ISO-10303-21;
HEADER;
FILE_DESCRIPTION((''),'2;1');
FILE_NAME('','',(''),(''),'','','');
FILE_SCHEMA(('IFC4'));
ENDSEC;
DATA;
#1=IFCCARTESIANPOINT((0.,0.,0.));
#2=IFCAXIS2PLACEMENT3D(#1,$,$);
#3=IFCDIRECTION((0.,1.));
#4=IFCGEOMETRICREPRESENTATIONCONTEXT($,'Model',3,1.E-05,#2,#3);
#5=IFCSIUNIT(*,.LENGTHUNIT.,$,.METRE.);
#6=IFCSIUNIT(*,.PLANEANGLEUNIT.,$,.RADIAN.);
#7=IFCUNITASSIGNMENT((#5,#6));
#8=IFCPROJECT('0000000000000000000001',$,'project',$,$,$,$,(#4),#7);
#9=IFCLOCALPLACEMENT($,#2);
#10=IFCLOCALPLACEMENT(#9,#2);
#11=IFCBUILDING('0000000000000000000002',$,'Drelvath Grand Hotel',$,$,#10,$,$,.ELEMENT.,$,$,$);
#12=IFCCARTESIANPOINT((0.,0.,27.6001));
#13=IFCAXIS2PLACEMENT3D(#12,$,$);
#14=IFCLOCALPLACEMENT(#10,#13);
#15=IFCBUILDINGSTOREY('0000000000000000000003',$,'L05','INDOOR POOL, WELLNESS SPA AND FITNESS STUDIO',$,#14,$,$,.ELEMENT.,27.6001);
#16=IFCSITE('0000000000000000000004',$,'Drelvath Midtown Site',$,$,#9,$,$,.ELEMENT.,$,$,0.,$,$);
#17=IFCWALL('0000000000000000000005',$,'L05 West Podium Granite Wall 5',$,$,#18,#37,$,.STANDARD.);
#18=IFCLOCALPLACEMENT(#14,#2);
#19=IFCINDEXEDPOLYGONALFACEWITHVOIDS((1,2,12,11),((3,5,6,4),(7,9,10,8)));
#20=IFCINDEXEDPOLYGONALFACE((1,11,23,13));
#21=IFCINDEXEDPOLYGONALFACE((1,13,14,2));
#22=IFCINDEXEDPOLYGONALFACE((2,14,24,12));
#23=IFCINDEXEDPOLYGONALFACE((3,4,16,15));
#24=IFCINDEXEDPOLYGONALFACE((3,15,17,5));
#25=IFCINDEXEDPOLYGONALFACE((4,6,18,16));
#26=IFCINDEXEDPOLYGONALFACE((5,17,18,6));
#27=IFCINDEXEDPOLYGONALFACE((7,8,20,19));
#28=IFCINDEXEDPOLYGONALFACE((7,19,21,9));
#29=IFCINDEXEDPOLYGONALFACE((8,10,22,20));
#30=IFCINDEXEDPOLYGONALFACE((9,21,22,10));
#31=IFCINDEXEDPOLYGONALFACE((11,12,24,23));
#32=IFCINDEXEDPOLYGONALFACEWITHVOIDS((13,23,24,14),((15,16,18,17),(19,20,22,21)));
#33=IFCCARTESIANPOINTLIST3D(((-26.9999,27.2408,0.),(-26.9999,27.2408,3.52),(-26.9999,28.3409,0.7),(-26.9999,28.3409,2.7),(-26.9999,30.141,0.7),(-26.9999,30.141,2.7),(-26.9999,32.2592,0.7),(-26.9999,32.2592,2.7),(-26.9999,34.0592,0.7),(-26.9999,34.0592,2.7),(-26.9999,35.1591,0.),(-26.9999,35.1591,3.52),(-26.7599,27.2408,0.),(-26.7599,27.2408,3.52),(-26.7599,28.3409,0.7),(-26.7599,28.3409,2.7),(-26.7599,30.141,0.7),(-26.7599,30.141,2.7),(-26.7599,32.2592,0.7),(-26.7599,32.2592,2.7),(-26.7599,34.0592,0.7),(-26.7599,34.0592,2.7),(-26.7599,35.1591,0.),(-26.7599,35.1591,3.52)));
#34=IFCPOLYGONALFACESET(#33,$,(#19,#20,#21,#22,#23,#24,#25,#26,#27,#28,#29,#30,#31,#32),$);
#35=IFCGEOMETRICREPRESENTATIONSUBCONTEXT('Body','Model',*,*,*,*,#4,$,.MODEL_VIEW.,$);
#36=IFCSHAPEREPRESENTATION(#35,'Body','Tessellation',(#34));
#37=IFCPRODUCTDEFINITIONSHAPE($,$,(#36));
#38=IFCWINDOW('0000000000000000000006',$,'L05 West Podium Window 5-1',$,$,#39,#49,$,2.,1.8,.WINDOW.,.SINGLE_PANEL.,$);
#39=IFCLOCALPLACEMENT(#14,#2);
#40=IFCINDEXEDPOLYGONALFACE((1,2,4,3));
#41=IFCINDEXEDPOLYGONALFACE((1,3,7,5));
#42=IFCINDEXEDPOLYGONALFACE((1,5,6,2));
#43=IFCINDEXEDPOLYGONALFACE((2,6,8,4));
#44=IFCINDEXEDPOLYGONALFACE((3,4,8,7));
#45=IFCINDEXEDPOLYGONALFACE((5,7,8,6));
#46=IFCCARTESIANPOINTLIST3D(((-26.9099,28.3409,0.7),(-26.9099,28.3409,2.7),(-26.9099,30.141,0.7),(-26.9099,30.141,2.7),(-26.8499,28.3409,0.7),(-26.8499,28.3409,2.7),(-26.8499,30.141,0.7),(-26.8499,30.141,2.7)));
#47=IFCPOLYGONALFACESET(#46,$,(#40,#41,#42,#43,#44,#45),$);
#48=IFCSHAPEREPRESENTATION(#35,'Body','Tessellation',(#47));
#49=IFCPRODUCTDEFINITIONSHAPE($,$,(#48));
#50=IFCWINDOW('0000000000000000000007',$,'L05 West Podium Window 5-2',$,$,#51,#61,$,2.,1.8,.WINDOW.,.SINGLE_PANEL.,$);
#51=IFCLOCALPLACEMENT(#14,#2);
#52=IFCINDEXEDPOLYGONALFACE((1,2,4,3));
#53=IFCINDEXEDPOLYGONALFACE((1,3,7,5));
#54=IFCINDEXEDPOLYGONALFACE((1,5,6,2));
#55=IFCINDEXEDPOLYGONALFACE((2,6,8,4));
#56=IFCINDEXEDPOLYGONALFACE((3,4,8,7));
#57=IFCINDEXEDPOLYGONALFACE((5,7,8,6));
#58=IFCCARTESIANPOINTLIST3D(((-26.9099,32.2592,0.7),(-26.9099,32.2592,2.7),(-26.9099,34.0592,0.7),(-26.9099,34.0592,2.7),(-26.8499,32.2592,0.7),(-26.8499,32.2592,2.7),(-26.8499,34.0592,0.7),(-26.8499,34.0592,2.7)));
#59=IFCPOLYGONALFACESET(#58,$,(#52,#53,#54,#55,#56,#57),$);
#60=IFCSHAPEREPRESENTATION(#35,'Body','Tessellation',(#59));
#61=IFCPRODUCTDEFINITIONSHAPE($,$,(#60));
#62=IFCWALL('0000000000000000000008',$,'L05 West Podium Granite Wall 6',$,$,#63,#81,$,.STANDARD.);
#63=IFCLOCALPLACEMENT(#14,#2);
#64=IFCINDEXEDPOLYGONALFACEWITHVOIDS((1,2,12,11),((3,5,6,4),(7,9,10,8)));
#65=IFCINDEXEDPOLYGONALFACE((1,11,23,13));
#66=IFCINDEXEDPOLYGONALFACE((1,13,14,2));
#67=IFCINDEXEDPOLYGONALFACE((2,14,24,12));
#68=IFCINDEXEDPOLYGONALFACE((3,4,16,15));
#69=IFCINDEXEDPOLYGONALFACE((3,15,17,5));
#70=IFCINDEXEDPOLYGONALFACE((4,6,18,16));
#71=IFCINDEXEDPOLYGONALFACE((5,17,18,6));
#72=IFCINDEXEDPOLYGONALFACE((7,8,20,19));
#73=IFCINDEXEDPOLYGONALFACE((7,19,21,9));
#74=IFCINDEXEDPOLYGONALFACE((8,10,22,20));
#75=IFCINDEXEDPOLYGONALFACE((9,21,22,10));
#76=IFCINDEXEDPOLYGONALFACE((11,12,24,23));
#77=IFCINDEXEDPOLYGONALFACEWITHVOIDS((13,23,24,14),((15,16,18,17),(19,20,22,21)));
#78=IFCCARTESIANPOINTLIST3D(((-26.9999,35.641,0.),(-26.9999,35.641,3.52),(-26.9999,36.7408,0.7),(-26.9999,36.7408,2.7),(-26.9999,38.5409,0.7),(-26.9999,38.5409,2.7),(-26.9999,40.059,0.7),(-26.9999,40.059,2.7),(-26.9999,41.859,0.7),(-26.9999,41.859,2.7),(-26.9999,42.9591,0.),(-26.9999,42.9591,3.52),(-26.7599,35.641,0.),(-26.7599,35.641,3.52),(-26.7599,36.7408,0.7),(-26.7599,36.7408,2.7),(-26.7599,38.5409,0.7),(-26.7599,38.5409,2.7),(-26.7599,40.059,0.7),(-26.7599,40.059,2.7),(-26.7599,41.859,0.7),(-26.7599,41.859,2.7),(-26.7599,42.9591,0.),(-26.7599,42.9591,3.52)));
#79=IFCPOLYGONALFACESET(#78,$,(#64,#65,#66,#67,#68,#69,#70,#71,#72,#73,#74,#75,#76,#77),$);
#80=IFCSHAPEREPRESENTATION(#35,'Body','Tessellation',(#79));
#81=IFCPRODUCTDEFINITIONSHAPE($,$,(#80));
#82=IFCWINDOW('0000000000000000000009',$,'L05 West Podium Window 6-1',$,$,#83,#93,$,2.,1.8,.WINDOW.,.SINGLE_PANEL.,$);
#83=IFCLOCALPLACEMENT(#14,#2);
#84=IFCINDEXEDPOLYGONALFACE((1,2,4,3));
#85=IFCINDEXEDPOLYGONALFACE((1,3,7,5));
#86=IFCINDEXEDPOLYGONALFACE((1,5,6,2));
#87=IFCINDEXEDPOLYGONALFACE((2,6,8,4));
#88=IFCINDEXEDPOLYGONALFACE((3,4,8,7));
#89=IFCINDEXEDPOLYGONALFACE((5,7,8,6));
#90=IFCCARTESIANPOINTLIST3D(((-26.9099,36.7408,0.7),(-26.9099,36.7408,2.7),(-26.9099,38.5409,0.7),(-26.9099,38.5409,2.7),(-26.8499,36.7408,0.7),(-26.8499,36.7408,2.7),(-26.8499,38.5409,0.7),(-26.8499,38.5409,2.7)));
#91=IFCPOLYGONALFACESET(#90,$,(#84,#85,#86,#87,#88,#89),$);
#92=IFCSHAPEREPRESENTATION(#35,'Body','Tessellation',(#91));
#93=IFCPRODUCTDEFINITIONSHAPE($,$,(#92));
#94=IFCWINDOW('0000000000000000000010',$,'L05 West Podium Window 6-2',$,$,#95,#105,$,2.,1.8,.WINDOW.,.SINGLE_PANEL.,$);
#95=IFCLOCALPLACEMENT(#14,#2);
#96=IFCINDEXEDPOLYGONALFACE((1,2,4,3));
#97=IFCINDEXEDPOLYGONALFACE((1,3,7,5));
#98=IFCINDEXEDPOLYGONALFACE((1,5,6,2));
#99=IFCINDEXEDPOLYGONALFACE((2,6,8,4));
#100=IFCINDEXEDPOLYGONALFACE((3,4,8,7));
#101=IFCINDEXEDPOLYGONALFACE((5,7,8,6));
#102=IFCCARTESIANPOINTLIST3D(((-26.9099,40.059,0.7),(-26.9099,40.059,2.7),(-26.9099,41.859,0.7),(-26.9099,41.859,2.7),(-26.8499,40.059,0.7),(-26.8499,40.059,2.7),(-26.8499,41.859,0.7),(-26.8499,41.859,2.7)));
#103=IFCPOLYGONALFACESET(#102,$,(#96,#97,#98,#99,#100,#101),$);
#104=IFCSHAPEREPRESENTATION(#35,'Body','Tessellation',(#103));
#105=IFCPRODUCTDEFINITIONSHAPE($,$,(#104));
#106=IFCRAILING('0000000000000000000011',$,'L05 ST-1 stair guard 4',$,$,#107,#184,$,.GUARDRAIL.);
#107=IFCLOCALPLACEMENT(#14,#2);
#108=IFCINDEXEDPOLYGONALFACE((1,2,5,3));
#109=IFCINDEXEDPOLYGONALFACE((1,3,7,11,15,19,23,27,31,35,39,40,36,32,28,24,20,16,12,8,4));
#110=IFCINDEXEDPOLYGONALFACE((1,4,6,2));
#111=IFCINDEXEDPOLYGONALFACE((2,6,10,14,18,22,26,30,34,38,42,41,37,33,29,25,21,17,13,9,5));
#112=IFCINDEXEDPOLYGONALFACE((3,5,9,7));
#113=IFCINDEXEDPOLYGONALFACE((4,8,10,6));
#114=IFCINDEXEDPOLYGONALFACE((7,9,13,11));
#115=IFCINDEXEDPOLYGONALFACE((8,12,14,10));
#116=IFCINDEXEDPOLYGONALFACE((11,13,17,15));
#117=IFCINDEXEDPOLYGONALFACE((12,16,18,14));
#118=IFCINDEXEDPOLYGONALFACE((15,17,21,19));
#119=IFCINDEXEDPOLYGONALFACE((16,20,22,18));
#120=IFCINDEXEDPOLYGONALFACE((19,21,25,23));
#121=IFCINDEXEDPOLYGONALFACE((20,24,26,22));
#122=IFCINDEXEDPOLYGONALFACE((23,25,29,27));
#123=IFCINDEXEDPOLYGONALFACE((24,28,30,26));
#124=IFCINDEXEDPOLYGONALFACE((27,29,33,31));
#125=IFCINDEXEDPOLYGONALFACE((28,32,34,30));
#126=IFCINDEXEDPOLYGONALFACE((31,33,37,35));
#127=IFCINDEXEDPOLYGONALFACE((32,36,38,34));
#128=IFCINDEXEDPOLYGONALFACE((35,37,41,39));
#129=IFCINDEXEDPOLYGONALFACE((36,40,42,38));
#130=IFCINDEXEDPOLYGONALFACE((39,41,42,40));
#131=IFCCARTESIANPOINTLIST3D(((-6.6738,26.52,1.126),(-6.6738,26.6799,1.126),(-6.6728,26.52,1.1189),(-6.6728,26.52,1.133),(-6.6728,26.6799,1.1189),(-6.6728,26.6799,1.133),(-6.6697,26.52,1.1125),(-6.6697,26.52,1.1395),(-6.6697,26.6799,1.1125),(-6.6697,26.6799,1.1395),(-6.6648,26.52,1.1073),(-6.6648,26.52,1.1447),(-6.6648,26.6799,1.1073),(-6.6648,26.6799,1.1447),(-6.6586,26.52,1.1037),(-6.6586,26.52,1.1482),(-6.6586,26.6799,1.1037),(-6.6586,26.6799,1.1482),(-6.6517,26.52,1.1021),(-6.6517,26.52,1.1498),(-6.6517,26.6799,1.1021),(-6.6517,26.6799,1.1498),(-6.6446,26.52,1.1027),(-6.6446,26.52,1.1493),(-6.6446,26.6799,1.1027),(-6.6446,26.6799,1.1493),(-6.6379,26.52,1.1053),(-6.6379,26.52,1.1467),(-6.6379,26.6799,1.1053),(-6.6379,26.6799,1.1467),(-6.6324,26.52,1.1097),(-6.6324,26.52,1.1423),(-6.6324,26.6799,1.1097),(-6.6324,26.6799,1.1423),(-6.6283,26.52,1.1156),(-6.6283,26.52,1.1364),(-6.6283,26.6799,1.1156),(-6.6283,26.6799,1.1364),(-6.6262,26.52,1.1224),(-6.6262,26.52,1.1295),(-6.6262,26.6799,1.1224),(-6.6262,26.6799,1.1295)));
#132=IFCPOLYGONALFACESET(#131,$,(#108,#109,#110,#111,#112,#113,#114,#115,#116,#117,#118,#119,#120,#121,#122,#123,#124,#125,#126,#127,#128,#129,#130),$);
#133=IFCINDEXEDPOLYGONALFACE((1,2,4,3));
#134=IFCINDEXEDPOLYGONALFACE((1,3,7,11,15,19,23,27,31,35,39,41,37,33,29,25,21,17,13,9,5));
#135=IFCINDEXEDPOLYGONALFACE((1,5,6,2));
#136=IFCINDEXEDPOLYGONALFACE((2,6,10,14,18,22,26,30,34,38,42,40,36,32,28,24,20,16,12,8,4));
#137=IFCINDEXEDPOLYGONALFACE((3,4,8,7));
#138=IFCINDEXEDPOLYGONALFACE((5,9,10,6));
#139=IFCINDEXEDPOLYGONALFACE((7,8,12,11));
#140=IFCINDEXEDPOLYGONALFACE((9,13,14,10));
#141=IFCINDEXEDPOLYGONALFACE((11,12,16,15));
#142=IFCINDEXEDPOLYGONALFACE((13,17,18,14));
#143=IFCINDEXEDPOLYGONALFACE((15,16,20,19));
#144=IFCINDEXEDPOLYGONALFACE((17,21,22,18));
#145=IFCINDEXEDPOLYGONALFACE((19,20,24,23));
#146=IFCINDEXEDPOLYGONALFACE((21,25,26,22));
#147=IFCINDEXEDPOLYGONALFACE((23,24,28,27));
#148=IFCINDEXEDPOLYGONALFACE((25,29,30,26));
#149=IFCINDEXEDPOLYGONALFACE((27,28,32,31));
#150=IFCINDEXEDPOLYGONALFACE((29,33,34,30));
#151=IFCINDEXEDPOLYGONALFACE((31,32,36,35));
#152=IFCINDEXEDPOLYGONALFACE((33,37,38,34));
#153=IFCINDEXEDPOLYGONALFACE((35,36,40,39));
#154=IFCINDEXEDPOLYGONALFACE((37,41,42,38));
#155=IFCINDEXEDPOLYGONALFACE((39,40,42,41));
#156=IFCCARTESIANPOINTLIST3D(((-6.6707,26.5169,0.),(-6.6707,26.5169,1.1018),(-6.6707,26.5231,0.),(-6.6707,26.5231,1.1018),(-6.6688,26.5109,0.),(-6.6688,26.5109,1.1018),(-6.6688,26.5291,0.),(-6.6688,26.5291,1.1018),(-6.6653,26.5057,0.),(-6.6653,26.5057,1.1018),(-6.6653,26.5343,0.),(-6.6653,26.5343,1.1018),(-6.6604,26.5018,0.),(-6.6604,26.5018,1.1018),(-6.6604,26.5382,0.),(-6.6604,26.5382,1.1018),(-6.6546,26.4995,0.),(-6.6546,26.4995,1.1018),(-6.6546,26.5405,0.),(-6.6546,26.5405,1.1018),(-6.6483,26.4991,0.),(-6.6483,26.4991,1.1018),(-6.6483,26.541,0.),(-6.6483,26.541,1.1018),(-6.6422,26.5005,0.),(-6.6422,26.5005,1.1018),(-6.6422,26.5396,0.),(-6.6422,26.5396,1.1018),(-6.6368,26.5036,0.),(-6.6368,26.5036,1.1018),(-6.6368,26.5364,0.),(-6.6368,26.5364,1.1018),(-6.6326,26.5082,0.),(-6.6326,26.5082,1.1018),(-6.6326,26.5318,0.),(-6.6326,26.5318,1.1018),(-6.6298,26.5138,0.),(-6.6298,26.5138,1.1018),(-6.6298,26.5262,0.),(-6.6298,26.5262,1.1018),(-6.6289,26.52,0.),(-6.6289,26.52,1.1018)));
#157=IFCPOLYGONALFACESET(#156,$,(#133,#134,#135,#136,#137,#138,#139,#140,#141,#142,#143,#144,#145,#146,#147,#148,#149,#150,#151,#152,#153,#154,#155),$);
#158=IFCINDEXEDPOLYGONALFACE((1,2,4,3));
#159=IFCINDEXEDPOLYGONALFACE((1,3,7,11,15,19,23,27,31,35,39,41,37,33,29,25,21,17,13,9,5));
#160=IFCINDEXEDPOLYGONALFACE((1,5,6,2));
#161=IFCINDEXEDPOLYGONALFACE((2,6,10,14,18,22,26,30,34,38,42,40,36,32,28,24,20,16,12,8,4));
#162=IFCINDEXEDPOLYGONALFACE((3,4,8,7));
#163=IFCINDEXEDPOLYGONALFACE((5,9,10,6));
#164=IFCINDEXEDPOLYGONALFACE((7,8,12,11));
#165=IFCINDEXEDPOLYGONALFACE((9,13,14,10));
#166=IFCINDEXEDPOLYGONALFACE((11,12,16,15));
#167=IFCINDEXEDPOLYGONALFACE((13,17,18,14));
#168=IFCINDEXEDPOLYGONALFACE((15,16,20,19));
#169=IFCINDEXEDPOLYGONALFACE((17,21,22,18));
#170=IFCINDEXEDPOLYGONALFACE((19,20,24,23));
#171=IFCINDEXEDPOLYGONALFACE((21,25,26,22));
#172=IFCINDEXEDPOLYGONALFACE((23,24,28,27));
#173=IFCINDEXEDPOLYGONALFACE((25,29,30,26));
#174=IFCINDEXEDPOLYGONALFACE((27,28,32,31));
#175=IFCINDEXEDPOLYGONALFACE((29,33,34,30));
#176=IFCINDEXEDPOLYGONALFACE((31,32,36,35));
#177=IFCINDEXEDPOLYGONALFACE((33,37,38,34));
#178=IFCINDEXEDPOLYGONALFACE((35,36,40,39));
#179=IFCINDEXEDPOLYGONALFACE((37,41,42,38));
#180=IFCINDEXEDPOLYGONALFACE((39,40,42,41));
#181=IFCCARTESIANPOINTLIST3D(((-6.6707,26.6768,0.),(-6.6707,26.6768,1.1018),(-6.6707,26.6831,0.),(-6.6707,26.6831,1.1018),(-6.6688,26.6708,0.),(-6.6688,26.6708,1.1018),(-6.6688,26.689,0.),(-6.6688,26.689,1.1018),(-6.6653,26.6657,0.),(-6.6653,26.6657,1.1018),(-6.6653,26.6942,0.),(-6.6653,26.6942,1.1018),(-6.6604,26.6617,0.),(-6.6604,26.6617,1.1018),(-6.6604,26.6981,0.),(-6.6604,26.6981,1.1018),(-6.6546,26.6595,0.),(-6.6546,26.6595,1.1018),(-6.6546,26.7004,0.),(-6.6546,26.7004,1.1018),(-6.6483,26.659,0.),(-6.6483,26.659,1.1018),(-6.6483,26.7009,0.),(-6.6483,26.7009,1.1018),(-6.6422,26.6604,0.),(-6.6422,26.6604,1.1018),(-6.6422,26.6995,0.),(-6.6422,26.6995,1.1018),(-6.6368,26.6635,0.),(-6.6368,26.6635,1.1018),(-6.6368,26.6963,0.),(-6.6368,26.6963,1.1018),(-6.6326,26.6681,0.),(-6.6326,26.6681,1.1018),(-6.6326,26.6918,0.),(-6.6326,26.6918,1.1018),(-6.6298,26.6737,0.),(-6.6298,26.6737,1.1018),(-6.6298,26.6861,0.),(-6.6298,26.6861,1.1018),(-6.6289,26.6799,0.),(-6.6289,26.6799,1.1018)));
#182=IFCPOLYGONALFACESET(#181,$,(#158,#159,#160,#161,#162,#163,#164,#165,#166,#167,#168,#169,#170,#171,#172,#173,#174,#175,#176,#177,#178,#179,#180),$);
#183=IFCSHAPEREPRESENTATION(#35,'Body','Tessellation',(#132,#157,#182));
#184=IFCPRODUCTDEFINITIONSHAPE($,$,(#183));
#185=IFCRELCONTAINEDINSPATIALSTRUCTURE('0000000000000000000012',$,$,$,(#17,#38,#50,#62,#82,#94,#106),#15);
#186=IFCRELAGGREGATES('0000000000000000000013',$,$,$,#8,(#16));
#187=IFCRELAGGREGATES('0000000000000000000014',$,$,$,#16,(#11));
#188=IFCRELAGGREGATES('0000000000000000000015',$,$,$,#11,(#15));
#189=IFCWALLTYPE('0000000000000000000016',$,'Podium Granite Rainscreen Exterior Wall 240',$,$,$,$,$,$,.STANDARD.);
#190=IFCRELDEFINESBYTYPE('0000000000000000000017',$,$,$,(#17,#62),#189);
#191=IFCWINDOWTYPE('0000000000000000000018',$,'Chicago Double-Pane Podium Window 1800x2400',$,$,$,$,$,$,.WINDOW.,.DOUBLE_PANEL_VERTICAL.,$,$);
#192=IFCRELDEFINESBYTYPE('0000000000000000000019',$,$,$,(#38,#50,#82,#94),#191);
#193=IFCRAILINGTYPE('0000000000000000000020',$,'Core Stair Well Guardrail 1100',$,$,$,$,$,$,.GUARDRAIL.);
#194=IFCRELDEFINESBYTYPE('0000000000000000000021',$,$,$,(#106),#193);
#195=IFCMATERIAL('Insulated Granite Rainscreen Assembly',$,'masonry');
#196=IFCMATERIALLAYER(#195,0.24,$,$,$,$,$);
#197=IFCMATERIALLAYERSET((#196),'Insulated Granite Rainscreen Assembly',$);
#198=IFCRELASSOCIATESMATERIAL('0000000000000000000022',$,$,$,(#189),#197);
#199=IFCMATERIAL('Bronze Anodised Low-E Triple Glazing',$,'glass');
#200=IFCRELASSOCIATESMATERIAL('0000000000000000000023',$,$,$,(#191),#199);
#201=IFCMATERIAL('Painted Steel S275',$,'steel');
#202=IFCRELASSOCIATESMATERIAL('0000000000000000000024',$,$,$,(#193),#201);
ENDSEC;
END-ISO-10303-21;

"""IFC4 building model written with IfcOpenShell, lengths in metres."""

from ifc_helpers import new_model, si_unit, direction, frame, frame_2d, origin, origin_2d, place, context, subcontext, project, spatial, rectangle, circle, extrude, material, layer, layer_set, type_object, element, fill, save


model = new_model("IFC4")

# Units and contexts
model_context = context("Model", 3, precision=1e-05, world=origin(), true_north=direction((0.0, 1.0)))
body_context = subcontext(model_context, "Body", "Model", "MODEL_VIEW")
ifc_project = project(units=[si_unit("LENGTHUNIT", "METRE"), si_unit("PLANEANGLEUNIT", "RADIAN")], contexts=[model_context])

# Site, building, storey
site_placement = place(None, origin())
site = spatial("IfcSite", under=ifc_project, at=site_placement, Name="Drelvath Midtown Site", CompositionType="ELEMENT", RefElevation=0.0)
building_placement = place(site_placement, origin())
building = spatial("IfcBuilding", under=site, at=building_placement, Name="Drelvath Grand Hotel", CompositionType="ELEMENT")
storey_placement = place(building_placement, frame((0.0, 0.0, 27.6001)))
storey = spatial("IfcBuildingStorey", under=building, at=storey_placement, Name="L05", Description="INDOOR POOL, WELLNESS SPA AND FITNESS STUDIO", CompositionType="ELEMENT", Elevation=27.6001)

# Shared definitions
ifc_material_1 = material(Name="Painted Steel S275", Category="steel")

# Walls, openings, windows
ifc_material_2 = material(Name="Insulated Granite Rainscreen Assembly", Category="masonry")
ifc_layer_1 = layer(ifc_material_2, 0.24)
ifc_layer_set_1 = layer_set([ifc_layer_1], Name="Insulated Granite Rainscreen Assembly")
wall_type_1 = type_object("IfcWallType", Name="Podium Granite Rainscreen Exterior Wall 240", PredefinedType="STANDARD", material=ifc_layer_set_1)
wall_1_placement = place(storey_placement, frame((-26.8799, 27.241, 0.0), z_axis=(0.0, 0.0, 1.0), x_axis=(0.0, 1.0, 0.0)))
wall_1 = element("IfcWall", 1, at=wall_1_placement, inside=storey, type_object=wall_type_1, Name="L05 West Podium Granite Wall 5", PredefinedType="STANDARD", context=body_context, shape_type="SweptSolid", body=[
    extrude(rectangle(XDim=7.9182, YDim=0.24, at=frame_2d((3.959, 0.0))), origin(), (0.0, 0.0, 1.0), 3.52),
])
opening_1_placement = place(wall_1_placement, frame((1.1001, 0.0, 0.7)))
opening_1 = element("IfcOpeningElement", 2, at=opening_1_placement, cuts=wall_1, PredefinedType="OPENING", context=body_context, shape_type="SweptSolid", body=[
    extrude(rectangle(XDim=1.8, YDim=2.0, at=frame_2d((0.8999, 1.0))), frame((0.0, 0.1299, 0.0), z_axis=(0.0, -1.0, 0.0), x_axis=(1.0, 0.0, 0.0)), (0.0, 0.0, 1.0), 0.26),
])
opening_2_placement = place(wall_1_placement, frame((5.0183, 0.0, 0.7)))
opening_2 = element("IfcOpeningElement", 3, at=opening_2_placement, cuts=wall_1, PredefinedType="OPENING", context=body_context, shape_type="SweptSolid", body=[
    extrude(rectangle(XDim=1.8, YDim=2.0, at=frame_2d((0.8999, 1.0))), frame((0.0, 0.1299, 0.0), z_axis=(0.0, -1.0, 0.0), x_axis=(1.0, 0.0, 0.0)), (0.0, 0.0, 1.0), 0.26),
])
ifc_material_3 = material(Name="Bronze Anodised Low-E Triple Glazing", Category="glass")
window_type = type_object("IfcWindowType", Name="Chicago Double-Pane Podium Window 1800x2400", PartitioningType="DOUBLE_PANEL_VERTICAL", PredefinedType="WINDOW", material=ifc_material_3)
window_1_placement = place(opening_1_placement, origin())
window_1 = element("IfcWindow", 4, at=window_1_placement, inside=storey, type_object=window_type, Name="L05 West Podium Window 5-1", OverallHeight=2.0, OverallWidth=1.8, PartitioningType="SINGLE_PANEL", PredefinedType="WINDOW", context=body_context, shape_type="SweptSolid", body=[
    extrude(rectangle(XDim=1.8, YDim=2.0, at=frame_2d((0.8999, 1.0))), frame((0.0, 0.03, 0.0), z_axis=(0.0, -1.0, 0.0), x_axis=(1.0, 0.0, 0.0)), (0.0, 0.0, 1.0), 0.0601),
])
fill(opening_1, window_1)
window_2_placement = place(opening_2_placement, origin())
window_2 = element("IfcWindow", 5, at=window_2_placement, inside=storey, type_object=window_type, Name="L05 West Podium Window 5-2", OverallHeight=2.0, OverallWidth=1.8, PartitioningType="SINGLE_PANEL", PredefinedType="WINDOW", context=body_context, shape_type="SweptSolid", body=[
    extrude(rectangle(XDim=1.8, YDim=2.0, at=frame_2d((0.8999, 1.0))), frame((0.0, 0.03, 0.0), z_axis=(0.0, -1.0, 0.0), x_axis=(1.0, 0.0, 0.0)), (0.0, 0.0, 1.0), 0.0601),
])
fill(opening_2, window_2)
wall_2_placement = place(storey_placement, frame((-26.8799, 35.6409, 0.0), z_axis=(0.0, 0.0, 1.0), x_axis=(0.0, 1.0, 0.0)))
wall_2 = element("IfcWall", 6, at=wall_2_placement, inside=storey, type_object=wall_type_1, Name="L05 West Podium Granite Wall 6", PredefinedType="STANDARD", context=body_context, shape_type="SweptSolid", body=[
    extrude(rectangle(XDim=7.3181, YDim=0.24, at=frame_2d((3.6592, 0.0))), origin(), (0.0, 0.0, 1.0), 3.52),
])
opening_3_placement = place(wall_2_placement, frame((1.1001, 0.0, 0.7)))
opening_3 = element("IfcOpeningElement", 7, at=opening_3_placement, cuts=wall_2, PredefinedType="OPENING", context=body_context, shape_type="SweptSolid", body=[
    extrude(rectangle(XDim=1.8, YDim=2.0, at=frame_2d((0.8999, 1.0))), frame((0.0, 0.1299, 0.0), z_axis=(0.0, -1.0, 0.0), x_axis=(1.0, 0.0, 0.0)), (0.0, 0.0, 1.0), 0.26),
])
opening_4_placement = place(wall_2_placement, frame((4.4182, 0.0, 0.7)))
opening_4 = element("IfcOpeningElement", 8, at=opening_4_placement, cuts=wall_2, PredefinedType="OPENING", context=body_context, shape_type="SweptSolid", body=[
    extrude(rectangle(XDim=1.8, YDim=2.0, at=frame_2d((0.8999, 1.0))), frame((0.0, 0.1299, 0.0), z_axis=(0.0, -1.0, 0.0), x_axis=(1.0, 0.0, 0.0)), (0.0, 0.0, 1.0), 0.26),
])
window_3_placement = place(opening_3_placement, origin())
window_3 = element("IfcWindow", 9, at=window_3_placement, inside=storey, type_object=window_type, Name="L05 West Podium Window 6-1", OverallHeight=2.0, OverallWidth=1.8, PartitioningType="SINGLE_PANEL", PredefinedType="WINDOW", context=body_context, shape_type="SweptSolid", body=[
    extrude(rectangle(XDim=1.8, YDim=2.0, at=frame_2d((0.8999, 1.0))), frame((0.0, 0.03, 0.0), z_axis=(0.0, -1.0, 0.0), x_axis=(1.0, 0.0, 0.0)), (0.0, 0.0, 1.0), 0.0601),
])
fill(opening_3, window_3)
window_4_placement = place(opening_4_placement, origin())
window_4 = element("IfcWindow", 10, at=window_4_placement, inside=storey, type_object=window_type, Name="L05 West Podium Window 6-2", OverallHeight=2.0, OverallWidth=1.8, PartitioningType="SINGLE_PANEL", PredefinedType="WINDOW", context=body_context, shape_type="SweptSolid", body=[
    extrude(rectangle(XDim=1.8, YDim=2.0, at=frame_2d((0.8999, 1.0))), frame((0.0, 0.03, 0.0), z_axis=(0.0, -1.0, 0.0), x_axis=(1.0, 0.0, 0.0)), (0.0, 0.0, 1.0), 0.0601),
])
fill(opening_4, window_4)

# Railing
railing_type = type_object("IfcRailingType", Name="Core Stair Well Guardrail 1100", PredefinedType="GUARDRAIL", material=ifc_material_1)
railing_placement = place(storey_placement, frame((-6.6499, 26.52, 0.0)))
element("IfcRailing", 11, at=railing_placement, inside=storey, type_object=railing_type, Name="L05 ST-1 stair guard 4", PredefinedType="GUARDRAIL", context=body_context, shape_type="SweptSolid", body=[
    extrude(circle(Radius=0.0239, at=origin_2d()), frame((0.0, 0.0, 1.126), z_axis=(0.0, 1.0, 0.0), x_axis=(-1.0, 0.0, 0.0)), (0.0, 0.0, 1.0), 0.1599),
    extrude(circle(Radius=0.021, at=origin_2d()), origin(), (0.0, 0.0, 1.0), 1.1018),
    extrude(circle(Radius=0.021, at=origin_2d()), frame((0.0, 0.1599, 0.0)), (0.0, 0.0, 1.0), 1.1018),
])

save(model, "model.ifc")
